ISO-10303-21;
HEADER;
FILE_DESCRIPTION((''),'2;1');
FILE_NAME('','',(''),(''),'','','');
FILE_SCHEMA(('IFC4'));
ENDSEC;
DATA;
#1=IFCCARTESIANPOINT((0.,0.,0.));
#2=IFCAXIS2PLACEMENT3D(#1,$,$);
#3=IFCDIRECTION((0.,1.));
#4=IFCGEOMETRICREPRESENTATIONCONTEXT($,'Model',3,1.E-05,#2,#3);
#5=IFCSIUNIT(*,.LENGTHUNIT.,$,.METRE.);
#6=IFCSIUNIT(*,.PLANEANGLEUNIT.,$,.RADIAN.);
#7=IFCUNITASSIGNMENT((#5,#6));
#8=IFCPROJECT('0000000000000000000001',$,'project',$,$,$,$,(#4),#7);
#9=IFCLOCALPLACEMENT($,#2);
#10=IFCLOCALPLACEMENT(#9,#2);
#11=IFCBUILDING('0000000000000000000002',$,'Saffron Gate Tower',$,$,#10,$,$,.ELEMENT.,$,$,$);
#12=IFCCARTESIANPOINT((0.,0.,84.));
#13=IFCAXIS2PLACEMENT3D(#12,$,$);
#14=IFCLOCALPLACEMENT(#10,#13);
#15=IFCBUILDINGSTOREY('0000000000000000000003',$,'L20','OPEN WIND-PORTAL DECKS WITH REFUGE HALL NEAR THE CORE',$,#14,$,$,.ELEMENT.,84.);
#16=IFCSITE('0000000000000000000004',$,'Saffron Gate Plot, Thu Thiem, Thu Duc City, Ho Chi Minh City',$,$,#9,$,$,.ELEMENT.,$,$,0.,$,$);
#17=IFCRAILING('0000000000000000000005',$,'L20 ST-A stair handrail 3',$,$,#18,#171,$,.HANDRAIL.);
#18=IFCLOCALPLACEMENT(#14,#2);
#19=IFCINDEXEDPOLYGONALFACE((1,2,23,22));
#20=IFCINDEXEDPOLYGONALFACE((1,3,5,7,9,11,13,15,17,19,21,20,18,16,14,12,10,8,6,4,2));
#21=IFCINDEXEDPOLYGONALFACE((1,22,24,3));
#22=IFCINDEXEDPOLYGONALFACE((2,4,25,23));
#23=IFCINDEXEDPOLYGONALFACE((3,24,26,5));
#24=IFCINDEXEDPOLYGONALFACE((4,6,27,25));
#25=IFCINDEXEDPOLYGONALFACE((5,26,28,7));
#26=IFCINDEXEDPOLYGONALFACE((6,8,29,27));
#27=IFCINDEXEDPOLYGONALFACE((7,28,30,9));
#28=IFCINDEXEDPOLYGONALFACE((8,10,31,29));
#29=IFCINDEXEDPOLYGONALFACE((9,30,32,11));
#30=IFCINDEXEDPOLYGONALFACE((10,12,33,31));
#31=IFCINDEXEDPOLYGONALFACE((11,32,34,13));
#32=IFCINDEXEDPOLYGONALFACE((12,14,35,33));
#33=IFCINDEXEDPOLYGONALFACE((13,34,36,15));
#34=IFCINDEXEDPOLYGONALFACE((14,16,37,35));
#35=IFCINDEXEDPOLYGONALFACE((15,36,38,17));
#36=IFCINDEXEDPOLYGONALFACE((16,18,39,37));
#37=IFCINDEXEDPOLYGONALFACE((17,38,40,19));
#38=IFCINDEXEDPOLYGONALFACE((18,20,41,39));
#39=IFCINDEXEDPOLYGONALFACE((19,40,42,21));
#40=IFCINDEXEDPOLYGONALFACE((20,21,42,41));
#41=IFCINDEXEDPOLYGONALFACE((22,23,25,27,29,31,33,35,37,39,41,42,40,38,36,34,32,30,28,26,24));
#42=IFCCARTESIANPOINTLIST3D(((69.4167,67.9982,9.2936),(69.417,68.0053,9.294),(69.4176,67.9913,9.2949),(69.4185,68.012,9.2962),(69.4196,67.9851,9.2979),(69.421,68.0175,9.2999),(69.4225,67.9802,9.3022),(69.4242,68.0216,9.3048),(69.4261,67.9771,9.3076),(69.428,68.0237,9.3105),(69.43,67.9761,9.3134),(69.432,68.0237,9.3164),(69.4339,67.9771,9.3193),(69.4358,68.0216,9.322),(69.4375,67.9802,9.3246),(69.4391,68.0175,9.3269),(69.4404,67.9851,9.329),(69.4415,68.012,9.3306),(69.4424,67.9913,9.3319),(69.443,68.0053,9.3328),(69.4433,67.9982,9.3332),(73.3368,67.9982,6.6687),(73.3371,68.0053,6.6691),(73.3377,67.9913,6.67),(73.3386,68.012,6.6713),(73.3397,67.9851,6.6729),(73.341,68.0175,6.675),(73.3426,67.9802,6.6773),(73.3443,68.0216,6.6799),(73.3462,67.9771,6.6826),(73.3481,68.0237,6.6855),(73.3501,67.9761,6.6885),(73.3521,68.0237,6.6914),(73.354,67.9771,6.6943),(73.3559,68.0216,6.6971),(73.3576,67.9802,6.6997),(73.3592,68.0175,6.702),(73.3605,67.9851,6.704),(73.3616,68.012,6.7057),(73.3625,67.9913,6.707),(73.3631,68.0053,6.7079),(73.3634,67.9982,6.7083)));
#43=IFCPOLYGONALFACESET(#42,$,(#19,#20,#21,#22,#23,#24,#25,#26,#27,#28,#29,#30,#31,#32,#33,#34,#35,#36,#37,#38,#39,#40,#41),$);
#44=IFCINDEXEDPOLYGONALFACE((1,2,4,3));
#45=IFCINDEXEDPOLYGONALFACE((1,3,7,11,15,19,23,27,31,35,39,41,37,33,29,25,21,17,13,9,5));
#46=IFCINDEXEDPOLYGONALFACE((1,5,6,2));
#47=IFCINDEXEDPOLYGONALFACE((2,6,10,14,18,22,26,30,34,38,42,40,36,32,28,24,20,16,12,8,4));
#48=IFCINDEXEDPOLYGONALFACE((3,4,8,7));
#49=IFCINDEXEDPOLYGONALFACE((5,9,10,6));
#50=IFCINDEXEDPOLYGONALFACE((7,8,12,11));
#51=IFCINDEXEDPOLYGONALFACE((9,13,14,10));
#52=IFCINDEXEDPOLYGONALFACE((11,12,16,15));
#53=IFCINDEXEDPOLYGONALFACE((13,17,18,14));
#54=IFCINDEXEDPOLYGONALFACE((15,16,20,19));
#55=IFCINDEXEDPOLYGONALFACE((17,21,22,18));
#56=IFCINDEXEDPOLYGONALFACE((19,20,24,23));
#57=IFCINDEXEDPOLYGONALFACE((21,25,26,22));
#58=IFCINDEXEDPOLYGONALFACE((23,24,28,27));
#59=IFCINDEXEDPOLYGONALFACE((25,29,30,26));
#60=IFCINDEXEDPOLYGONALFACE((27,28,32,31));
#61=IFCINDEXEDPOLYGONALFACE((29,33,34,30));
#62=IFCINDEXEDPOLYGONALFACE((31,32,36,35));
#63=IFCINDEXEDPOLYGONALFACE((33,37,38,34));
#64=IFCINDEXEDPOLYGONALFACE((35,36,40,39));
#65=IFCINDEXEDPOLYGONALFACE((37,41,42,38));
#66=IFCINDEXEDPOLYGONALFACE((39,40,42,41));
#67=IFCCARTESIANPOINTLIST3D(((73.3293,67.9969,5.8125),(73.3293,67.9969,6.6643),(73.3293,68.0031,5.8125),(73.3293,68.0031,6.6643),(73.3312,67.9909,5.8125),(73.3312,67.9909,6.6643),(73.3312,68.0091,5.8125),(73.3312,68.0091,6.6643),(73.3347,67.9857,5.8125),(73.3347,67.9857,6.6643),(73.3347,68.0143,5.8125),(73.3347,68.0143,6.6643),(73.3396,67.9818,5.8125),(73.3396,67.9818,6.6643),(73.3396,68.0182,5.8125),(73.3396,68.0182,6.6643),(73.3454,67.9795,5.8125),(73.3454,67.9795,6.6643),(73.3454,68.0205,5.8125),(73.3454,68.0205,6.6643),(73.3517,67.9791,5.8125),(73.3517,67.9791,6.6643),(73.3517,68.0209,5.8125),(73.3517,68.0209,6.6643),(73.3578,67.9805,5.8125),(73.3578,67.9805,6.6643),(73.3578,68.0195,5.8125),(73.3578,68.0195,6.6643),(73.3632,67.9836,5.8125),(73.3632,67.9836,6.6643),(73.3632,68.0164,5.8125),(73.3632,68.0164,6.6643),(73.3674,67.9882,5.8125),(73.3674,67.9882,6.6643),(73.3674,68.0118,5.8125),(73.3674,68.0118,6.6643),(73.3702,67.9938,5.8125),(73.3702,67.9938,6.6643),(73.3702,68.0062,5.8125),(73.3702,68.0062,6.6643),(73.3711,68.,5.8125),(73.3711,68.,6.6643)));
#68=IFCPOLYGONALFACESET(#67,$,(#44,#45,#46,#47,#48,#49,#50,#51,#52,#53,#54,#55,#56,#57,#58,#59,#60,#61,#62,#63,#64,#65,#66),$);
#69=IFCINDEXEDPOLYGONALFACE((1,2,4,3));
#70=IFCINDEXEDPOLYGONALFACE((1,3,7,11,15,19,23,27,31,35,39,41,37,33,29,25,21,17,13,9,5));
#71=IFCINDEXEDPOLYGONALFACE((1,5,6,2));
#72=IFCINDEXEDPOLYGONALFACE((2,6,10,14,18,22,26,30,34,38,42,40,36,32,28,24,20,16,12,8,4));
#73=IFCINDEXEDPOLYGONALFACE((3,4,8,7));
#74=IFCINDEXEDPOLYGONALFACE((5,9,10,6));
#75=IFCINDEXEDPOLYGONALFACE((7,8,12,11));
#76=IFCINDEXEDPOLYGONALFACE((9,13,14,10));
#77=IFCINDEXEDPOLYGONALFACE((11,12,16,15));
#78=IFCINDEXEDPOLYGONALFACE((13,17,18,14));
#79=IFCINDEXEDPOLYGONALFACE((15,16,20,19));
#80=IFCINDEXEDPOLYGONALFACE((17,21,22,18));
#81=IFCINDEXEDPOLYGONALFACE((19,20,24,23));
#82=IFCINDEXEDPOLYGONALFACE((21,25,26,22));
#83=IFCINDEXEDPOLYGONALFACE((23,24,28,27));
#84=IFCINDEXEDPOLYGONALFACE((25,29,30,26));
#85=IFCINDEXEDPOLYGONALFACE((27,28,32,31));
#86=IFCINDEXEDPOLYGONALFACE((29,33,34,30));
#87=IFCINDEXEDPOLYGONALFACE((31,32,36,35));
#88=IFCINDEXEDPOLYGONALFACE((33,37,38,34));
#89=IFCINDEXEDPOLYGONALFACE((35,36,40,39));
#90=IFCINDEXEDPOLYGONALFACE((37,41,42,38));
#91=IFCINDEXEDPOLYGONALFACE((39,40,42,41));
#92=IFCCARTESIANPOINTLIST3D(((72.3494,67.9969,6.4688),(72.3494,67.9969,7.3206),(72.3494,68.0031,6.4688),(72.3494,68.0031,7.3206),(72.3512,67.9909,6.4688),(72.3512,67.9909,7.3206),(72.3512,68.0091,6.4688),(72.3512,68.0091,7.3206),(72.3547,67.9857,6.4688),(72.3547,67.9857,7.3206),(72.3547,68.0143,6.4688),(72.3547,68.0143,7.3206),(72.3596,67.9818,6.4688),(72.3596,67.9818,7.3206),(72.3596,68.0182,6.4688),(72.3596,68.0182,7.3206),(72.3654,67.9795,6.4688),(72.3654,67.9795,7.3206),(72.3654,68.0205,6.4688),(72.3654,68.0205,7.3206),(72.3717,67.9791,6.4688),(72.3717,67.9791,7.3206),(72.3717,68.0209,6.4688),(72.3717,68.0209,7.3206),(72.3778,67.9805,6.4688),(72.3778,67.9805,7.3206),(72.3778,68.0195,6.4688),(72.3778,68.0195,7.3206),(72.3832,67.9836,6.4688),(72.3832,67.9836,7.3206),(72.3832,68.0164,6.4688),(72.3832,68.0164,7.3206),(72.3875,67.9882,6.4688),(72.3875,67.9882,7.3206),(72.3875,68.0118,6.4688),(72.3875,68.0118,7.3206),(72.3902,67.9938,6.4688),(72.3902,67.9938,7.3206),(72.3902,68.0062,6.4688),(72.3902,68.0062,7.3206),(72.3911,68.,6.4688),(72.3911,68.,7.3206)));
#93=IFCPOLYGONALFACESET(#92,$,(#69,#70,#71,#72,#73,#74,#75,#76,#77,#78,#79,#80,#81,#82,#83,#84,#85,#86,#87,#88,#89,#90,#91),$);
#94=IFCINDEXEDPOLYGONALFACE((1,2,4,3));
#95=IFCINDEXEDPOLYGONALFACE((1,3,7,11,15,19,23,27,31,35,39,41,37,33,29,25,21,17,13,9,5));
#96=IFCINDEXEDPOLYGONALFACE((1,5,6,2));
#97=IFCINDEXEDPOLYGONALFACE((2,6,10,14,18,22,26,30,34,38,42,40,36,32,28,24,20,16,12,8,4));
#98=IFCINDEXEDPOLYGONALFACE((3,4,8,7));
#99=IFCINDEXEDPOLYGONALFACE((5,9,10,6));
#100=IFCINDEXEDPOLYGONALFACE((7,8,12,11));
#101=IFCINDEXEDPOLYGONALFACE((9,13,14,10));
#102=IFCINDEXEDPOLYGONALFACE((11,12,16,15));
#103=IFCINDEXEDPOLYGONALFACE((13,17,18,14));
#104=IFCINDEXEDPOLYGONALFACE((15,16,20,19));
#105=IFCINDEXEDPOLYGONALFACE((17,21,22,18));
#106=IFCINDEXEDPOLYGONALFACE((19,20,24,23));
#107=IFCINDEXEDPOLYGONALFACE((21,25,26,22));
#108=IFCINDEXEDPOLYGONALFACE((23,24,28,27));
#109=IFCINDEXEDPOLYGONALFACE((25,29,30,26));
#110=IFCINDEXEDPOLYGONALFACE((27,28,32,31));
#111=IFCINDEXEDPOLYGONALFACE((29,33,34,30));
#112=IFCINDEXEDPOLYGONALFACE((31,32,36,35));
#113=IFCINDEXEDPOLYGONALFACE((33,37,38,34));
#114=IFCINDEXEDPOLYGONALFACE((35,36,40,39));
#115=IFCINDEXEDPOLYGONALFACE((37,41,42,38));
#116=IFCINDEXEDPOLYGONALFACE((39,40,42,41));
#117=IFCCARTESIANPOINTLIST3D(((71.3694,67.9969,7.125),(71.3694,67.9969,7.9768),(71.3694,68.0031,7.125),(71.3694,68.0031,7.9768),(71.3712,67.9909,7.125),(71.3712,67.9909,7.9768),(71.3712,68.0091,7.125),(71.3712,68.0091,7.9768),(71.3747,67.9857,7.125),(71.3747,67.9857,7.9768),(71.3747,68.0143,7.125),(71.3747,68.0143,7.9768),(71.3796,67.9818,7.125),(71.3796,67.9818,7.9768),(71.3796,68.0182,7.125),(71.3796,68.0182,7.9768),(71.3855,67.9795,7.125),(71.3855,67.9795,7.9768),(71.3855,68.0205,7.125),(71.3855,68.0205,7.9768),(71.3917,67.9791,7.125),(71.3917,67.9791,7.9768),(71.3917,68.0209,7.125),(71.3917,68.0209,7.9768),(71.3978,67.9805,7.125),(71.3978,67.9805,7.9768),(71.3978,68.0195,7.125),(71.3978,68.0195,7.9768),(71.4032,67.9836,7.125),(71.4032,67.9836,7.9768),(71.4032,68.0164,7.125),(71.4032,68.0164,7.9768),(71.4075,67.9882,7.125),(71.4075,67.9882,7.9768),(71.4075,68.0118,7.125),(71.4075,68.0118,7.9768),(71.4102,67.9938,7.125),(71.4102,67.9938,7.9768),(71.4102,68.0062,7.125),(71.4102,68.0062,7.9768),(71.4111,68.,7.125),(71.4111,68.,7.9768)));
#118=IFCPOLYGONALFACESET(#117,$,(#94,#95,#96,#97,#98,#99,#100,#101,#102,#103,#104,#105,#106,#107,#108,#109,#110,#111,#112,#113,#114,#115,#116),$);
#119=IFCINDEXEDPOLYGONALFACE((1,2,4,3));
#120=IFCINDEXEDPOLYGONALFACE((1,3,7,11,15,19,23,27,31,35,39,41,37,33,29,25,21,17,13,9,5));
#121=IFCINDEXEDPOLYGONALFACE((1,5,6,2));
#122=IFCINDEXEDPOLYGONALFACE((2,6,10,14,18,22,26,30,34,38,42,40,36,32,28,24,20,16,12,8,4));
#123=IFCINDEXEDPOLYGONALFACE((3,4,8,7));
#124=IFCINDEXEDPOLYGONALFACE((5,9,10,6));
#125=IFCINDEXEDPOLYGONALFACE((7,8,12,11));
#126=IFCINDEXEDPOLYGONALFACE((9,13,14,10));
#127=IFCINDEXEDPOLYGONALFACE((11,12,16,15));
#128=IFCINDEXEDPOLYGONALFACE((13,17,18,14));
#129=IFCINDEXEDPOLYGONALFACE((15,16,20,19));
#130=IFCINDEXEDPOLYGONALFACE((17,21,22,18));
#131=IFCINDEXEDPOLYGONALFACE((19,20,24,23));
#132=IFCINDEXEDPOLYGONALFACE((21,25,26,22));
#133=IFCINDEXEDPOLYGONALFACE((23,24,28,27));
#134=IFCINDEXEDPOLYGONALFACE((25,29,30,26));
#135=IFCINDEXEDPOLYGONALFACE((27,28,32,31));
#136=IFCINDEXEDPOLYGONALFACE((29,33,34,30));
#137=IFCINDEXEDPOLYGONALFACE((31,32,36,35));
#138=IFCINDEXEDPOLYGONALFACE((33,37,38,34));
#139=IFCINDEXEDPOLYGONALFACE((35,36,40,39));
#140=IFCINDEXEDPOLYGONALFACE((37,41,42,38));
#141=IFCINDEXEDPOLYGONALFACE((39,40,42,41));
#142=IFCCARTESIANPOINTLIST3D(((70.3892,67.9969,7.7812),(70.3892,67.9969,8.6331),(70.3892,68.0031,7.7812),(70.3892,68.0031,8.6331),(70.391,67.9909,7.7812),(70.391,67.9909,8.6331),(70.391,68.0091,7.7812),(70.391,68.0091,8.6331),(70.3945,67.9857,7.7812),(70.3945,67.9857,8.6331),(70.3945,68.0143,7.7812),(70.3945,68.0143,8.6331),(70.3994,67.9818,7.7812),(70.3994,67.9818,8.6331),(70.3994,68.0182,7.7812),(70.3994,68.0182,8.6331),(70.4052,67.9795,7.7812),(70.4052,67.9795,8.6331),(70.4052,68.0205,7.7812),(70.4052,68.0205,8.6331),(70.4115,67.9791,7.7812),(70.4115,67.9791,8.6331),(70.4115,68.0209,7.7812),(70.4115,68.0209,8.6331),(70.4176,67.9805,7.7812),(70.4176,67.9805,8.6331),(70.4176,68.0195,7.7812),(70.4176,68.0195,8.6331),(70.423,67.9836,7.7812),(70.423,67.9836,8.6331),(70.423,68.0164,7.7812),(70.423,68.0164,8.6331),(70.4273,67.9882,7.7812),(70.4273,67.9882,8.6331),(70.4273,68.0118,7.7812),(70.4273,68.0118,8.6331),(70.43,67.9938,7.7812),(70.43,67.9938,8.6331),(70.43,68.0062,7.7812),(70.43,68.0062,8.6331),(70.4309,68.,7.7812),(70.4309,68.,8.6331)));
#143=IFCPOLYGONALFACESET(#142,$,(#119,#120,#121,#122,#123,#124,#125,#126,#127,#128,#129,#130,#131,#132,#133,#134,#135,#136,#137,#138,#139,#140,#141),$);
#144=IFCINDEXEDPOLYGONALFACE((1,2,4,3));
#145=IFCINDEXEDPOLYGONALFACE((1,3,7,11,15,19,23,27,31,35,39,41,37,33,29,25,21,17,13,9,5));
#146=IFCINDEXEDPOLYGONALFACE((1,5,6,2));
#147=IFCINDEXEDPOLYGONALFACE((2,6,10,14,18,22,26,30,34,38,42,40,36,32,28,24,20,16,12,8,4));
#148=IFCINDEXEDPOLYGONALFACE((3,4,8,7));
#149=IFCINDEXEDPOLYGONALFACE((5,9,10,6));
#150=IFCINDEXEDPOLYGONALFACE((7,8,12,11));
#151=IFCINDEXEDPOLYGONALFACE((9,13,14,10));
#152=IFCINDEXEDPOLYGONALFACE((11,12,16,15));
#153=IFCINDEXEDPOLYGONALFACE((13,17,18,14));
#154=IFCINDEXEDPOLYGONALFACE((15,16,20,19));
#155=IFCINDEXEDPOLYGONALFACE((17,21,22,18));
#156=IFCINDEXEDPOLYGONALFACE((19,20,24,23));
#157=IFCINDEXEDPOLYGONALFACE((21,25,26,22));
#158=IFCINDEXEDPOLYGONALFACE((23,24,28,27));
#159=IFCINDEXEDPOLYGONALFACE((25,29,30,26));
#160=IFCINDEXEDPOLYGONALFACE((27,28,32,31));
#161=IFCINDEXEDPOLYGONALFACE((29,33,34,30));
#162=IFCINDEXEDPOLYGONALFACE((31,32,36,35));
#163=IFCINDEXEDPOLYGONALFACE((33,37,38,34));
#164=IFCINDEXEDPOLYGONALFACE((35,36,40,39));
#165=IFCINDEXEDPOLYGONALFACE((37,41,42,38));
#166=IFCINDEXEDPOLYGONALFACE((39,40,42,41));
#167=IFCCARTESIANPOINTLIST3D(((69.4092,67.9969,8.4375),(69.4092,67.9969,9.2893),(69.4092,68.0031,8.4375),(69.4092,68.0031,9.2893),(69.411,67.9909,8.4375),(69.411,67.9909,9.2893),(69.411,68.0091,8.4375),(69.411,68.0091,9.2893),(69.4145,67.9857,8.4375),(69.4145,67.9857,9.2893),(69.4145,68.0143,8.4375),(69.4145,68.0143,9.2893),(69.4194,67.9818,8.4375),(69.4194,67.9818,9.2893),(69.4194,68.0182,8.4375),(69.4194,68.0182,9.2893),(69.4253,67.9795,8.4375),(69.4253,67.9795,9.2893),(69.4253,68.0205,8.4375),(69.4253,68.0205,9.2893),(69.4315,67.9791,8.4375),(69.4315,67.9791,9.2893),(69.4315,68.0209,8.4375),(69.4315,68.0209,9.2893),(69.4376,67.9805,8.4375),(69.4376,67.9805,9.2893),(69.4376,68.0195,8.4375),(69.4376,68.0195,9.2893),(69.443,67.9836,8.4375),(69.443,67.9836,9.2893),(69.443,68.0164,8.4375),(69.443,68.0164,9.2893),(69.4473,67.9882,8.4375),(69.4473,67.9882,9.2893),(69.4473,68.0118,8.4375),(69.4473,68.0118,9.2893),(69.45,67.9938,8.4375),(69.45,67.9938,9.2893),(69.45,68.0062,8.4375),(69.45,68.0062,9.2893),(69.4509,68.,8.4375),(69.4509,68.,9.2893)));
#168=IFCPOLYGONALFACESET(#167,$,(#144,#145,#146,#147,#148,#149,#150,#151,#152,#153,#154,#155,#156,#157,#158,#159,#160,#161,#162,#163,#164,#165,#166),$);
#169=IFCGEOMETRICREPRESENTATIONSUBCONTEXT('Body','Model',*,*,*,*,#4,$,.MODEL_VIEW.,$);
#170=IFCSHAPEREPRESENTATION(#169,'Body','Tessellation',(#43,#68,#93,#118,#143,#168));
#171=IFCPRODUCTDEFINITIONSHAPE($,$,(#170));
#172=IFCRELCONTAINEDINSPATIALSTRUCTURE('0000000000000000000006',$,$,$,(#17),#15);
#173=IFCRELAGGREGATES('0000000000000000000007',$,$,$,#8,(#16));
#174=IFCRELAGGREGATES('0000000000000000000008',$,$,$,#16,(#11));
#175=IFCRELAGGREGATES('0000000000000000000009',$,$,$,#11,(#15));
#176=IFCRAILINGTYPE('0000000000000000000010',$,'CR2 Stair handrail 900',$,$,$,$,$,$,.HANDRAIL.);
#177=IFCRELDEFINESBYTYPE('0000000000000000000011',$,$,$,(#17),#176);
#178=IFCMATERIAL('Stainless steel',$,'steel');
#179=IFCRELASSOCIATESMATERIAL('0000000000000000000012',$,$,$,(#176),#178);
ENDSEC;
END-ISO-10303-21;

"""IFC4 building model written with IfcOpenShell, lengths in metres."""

from ifc_helpers import new_model, si_unit, direction, frame, origin, origin_2d, place, context, subcontext, project, spatial, circle, extrude, material, type_object, element, save


model = new_model("IFC4")

# Units and contexts
model_context = context("Model", 3, precision=1e-05, world=origin(), true_north=direction((0.0, 1.0)))
body_context = subcontext(model_context, "Body", "Model", "MODEL_VIEW")
ifc_project = project(units=[si_unit("LENGTHUNIT", "METRE"), si_unit("PLANEANGLEUNIT", "RADIAN")], contexts=[model_context])

# Site, building, storey
site_placement = place(None, origin())
site = spatial("IfcSite", under=ifc_project, at=site_placement, Name="Saffron Gate Plot, Thu Thiem, Thu Duc City, Ho Chi Minh City", CompositionType="ELEMENT", RefElevation=0.0)
building_placement = place(site_placement, origin())
building = spatial("IfcBuilding", under=site, at=building_placement, Name="Saffron Gate Tower", CompositionType="ELEMENT")
storey_placement = place(building_placement, frame((0.0, 0.0, 84.0)))
storey = spatial("IfcBuildingStorey", under=building, at=storey_placement, Name="L20", Description="OPEN WIND-PORTAL DECKS WITH REFUGE HALL NEAR THE CORE", CompositionType="ELEMENT", Elevation=84.0)

# Railing
ifc_material_1 = material(Name="Stainless steel", Category="steel")
railing_type = type_object("IfcRailingType", Name="CR2 Stair handrail 900", PredefinedType="HANDRAIL", material=ifc_material_1)
for number, where, name in (
    (1, (73.3501, 68.0, 5.8125), "L20 ST-A stair handrail 3"),
):
    element("IfcRailing", number, at=place(storey_placement, frame(where)), inside=storey, type_object=railing_type, Name=name, PredefinedType="HANDRAIL", context=body_context, shape_type="SweptSolid", body=[
        extrude(circle(Radius=0.0239, at=origin_2d()), frame((0.0, 0.0, 0.876), z_axis=(-0.830918, 0.0, 0.556395), x_axis=(0.0, -1.0, 0.0)), (0.0, 0.0, 1.0), 4.7178),
        extrude(circle(Radius=0.021, at=origin_2d()), origin(), (0.0, 0.0, 1.0), 0.8518),
        extrude(circle(Radius=0.021, at=origin_2d()), frame((-0.98, 0.0, 0.6562)), (0.0, 0.0, 1.0), 0.8518),
        extrude(circle(Radius=0.021, at=origin_2d()), frame((-1.96, 0.0, 1.3125)), (0.0, 0.0, 1.0), 0.8518),
        extrude(circle(Radius=0.021, at=origin_2d()), frame((-2.9402, 0.0, 1.9688)), (0.0, 0.0, 1.0), 0.8518),
        extrude(circle(Radius=0.021, at=origin_2d()), frame((-3.9202, 0.0, 2.625)), (0.0, 0.0, 1.0), 0.8518),
    ])

save(model, "model.ifc")
